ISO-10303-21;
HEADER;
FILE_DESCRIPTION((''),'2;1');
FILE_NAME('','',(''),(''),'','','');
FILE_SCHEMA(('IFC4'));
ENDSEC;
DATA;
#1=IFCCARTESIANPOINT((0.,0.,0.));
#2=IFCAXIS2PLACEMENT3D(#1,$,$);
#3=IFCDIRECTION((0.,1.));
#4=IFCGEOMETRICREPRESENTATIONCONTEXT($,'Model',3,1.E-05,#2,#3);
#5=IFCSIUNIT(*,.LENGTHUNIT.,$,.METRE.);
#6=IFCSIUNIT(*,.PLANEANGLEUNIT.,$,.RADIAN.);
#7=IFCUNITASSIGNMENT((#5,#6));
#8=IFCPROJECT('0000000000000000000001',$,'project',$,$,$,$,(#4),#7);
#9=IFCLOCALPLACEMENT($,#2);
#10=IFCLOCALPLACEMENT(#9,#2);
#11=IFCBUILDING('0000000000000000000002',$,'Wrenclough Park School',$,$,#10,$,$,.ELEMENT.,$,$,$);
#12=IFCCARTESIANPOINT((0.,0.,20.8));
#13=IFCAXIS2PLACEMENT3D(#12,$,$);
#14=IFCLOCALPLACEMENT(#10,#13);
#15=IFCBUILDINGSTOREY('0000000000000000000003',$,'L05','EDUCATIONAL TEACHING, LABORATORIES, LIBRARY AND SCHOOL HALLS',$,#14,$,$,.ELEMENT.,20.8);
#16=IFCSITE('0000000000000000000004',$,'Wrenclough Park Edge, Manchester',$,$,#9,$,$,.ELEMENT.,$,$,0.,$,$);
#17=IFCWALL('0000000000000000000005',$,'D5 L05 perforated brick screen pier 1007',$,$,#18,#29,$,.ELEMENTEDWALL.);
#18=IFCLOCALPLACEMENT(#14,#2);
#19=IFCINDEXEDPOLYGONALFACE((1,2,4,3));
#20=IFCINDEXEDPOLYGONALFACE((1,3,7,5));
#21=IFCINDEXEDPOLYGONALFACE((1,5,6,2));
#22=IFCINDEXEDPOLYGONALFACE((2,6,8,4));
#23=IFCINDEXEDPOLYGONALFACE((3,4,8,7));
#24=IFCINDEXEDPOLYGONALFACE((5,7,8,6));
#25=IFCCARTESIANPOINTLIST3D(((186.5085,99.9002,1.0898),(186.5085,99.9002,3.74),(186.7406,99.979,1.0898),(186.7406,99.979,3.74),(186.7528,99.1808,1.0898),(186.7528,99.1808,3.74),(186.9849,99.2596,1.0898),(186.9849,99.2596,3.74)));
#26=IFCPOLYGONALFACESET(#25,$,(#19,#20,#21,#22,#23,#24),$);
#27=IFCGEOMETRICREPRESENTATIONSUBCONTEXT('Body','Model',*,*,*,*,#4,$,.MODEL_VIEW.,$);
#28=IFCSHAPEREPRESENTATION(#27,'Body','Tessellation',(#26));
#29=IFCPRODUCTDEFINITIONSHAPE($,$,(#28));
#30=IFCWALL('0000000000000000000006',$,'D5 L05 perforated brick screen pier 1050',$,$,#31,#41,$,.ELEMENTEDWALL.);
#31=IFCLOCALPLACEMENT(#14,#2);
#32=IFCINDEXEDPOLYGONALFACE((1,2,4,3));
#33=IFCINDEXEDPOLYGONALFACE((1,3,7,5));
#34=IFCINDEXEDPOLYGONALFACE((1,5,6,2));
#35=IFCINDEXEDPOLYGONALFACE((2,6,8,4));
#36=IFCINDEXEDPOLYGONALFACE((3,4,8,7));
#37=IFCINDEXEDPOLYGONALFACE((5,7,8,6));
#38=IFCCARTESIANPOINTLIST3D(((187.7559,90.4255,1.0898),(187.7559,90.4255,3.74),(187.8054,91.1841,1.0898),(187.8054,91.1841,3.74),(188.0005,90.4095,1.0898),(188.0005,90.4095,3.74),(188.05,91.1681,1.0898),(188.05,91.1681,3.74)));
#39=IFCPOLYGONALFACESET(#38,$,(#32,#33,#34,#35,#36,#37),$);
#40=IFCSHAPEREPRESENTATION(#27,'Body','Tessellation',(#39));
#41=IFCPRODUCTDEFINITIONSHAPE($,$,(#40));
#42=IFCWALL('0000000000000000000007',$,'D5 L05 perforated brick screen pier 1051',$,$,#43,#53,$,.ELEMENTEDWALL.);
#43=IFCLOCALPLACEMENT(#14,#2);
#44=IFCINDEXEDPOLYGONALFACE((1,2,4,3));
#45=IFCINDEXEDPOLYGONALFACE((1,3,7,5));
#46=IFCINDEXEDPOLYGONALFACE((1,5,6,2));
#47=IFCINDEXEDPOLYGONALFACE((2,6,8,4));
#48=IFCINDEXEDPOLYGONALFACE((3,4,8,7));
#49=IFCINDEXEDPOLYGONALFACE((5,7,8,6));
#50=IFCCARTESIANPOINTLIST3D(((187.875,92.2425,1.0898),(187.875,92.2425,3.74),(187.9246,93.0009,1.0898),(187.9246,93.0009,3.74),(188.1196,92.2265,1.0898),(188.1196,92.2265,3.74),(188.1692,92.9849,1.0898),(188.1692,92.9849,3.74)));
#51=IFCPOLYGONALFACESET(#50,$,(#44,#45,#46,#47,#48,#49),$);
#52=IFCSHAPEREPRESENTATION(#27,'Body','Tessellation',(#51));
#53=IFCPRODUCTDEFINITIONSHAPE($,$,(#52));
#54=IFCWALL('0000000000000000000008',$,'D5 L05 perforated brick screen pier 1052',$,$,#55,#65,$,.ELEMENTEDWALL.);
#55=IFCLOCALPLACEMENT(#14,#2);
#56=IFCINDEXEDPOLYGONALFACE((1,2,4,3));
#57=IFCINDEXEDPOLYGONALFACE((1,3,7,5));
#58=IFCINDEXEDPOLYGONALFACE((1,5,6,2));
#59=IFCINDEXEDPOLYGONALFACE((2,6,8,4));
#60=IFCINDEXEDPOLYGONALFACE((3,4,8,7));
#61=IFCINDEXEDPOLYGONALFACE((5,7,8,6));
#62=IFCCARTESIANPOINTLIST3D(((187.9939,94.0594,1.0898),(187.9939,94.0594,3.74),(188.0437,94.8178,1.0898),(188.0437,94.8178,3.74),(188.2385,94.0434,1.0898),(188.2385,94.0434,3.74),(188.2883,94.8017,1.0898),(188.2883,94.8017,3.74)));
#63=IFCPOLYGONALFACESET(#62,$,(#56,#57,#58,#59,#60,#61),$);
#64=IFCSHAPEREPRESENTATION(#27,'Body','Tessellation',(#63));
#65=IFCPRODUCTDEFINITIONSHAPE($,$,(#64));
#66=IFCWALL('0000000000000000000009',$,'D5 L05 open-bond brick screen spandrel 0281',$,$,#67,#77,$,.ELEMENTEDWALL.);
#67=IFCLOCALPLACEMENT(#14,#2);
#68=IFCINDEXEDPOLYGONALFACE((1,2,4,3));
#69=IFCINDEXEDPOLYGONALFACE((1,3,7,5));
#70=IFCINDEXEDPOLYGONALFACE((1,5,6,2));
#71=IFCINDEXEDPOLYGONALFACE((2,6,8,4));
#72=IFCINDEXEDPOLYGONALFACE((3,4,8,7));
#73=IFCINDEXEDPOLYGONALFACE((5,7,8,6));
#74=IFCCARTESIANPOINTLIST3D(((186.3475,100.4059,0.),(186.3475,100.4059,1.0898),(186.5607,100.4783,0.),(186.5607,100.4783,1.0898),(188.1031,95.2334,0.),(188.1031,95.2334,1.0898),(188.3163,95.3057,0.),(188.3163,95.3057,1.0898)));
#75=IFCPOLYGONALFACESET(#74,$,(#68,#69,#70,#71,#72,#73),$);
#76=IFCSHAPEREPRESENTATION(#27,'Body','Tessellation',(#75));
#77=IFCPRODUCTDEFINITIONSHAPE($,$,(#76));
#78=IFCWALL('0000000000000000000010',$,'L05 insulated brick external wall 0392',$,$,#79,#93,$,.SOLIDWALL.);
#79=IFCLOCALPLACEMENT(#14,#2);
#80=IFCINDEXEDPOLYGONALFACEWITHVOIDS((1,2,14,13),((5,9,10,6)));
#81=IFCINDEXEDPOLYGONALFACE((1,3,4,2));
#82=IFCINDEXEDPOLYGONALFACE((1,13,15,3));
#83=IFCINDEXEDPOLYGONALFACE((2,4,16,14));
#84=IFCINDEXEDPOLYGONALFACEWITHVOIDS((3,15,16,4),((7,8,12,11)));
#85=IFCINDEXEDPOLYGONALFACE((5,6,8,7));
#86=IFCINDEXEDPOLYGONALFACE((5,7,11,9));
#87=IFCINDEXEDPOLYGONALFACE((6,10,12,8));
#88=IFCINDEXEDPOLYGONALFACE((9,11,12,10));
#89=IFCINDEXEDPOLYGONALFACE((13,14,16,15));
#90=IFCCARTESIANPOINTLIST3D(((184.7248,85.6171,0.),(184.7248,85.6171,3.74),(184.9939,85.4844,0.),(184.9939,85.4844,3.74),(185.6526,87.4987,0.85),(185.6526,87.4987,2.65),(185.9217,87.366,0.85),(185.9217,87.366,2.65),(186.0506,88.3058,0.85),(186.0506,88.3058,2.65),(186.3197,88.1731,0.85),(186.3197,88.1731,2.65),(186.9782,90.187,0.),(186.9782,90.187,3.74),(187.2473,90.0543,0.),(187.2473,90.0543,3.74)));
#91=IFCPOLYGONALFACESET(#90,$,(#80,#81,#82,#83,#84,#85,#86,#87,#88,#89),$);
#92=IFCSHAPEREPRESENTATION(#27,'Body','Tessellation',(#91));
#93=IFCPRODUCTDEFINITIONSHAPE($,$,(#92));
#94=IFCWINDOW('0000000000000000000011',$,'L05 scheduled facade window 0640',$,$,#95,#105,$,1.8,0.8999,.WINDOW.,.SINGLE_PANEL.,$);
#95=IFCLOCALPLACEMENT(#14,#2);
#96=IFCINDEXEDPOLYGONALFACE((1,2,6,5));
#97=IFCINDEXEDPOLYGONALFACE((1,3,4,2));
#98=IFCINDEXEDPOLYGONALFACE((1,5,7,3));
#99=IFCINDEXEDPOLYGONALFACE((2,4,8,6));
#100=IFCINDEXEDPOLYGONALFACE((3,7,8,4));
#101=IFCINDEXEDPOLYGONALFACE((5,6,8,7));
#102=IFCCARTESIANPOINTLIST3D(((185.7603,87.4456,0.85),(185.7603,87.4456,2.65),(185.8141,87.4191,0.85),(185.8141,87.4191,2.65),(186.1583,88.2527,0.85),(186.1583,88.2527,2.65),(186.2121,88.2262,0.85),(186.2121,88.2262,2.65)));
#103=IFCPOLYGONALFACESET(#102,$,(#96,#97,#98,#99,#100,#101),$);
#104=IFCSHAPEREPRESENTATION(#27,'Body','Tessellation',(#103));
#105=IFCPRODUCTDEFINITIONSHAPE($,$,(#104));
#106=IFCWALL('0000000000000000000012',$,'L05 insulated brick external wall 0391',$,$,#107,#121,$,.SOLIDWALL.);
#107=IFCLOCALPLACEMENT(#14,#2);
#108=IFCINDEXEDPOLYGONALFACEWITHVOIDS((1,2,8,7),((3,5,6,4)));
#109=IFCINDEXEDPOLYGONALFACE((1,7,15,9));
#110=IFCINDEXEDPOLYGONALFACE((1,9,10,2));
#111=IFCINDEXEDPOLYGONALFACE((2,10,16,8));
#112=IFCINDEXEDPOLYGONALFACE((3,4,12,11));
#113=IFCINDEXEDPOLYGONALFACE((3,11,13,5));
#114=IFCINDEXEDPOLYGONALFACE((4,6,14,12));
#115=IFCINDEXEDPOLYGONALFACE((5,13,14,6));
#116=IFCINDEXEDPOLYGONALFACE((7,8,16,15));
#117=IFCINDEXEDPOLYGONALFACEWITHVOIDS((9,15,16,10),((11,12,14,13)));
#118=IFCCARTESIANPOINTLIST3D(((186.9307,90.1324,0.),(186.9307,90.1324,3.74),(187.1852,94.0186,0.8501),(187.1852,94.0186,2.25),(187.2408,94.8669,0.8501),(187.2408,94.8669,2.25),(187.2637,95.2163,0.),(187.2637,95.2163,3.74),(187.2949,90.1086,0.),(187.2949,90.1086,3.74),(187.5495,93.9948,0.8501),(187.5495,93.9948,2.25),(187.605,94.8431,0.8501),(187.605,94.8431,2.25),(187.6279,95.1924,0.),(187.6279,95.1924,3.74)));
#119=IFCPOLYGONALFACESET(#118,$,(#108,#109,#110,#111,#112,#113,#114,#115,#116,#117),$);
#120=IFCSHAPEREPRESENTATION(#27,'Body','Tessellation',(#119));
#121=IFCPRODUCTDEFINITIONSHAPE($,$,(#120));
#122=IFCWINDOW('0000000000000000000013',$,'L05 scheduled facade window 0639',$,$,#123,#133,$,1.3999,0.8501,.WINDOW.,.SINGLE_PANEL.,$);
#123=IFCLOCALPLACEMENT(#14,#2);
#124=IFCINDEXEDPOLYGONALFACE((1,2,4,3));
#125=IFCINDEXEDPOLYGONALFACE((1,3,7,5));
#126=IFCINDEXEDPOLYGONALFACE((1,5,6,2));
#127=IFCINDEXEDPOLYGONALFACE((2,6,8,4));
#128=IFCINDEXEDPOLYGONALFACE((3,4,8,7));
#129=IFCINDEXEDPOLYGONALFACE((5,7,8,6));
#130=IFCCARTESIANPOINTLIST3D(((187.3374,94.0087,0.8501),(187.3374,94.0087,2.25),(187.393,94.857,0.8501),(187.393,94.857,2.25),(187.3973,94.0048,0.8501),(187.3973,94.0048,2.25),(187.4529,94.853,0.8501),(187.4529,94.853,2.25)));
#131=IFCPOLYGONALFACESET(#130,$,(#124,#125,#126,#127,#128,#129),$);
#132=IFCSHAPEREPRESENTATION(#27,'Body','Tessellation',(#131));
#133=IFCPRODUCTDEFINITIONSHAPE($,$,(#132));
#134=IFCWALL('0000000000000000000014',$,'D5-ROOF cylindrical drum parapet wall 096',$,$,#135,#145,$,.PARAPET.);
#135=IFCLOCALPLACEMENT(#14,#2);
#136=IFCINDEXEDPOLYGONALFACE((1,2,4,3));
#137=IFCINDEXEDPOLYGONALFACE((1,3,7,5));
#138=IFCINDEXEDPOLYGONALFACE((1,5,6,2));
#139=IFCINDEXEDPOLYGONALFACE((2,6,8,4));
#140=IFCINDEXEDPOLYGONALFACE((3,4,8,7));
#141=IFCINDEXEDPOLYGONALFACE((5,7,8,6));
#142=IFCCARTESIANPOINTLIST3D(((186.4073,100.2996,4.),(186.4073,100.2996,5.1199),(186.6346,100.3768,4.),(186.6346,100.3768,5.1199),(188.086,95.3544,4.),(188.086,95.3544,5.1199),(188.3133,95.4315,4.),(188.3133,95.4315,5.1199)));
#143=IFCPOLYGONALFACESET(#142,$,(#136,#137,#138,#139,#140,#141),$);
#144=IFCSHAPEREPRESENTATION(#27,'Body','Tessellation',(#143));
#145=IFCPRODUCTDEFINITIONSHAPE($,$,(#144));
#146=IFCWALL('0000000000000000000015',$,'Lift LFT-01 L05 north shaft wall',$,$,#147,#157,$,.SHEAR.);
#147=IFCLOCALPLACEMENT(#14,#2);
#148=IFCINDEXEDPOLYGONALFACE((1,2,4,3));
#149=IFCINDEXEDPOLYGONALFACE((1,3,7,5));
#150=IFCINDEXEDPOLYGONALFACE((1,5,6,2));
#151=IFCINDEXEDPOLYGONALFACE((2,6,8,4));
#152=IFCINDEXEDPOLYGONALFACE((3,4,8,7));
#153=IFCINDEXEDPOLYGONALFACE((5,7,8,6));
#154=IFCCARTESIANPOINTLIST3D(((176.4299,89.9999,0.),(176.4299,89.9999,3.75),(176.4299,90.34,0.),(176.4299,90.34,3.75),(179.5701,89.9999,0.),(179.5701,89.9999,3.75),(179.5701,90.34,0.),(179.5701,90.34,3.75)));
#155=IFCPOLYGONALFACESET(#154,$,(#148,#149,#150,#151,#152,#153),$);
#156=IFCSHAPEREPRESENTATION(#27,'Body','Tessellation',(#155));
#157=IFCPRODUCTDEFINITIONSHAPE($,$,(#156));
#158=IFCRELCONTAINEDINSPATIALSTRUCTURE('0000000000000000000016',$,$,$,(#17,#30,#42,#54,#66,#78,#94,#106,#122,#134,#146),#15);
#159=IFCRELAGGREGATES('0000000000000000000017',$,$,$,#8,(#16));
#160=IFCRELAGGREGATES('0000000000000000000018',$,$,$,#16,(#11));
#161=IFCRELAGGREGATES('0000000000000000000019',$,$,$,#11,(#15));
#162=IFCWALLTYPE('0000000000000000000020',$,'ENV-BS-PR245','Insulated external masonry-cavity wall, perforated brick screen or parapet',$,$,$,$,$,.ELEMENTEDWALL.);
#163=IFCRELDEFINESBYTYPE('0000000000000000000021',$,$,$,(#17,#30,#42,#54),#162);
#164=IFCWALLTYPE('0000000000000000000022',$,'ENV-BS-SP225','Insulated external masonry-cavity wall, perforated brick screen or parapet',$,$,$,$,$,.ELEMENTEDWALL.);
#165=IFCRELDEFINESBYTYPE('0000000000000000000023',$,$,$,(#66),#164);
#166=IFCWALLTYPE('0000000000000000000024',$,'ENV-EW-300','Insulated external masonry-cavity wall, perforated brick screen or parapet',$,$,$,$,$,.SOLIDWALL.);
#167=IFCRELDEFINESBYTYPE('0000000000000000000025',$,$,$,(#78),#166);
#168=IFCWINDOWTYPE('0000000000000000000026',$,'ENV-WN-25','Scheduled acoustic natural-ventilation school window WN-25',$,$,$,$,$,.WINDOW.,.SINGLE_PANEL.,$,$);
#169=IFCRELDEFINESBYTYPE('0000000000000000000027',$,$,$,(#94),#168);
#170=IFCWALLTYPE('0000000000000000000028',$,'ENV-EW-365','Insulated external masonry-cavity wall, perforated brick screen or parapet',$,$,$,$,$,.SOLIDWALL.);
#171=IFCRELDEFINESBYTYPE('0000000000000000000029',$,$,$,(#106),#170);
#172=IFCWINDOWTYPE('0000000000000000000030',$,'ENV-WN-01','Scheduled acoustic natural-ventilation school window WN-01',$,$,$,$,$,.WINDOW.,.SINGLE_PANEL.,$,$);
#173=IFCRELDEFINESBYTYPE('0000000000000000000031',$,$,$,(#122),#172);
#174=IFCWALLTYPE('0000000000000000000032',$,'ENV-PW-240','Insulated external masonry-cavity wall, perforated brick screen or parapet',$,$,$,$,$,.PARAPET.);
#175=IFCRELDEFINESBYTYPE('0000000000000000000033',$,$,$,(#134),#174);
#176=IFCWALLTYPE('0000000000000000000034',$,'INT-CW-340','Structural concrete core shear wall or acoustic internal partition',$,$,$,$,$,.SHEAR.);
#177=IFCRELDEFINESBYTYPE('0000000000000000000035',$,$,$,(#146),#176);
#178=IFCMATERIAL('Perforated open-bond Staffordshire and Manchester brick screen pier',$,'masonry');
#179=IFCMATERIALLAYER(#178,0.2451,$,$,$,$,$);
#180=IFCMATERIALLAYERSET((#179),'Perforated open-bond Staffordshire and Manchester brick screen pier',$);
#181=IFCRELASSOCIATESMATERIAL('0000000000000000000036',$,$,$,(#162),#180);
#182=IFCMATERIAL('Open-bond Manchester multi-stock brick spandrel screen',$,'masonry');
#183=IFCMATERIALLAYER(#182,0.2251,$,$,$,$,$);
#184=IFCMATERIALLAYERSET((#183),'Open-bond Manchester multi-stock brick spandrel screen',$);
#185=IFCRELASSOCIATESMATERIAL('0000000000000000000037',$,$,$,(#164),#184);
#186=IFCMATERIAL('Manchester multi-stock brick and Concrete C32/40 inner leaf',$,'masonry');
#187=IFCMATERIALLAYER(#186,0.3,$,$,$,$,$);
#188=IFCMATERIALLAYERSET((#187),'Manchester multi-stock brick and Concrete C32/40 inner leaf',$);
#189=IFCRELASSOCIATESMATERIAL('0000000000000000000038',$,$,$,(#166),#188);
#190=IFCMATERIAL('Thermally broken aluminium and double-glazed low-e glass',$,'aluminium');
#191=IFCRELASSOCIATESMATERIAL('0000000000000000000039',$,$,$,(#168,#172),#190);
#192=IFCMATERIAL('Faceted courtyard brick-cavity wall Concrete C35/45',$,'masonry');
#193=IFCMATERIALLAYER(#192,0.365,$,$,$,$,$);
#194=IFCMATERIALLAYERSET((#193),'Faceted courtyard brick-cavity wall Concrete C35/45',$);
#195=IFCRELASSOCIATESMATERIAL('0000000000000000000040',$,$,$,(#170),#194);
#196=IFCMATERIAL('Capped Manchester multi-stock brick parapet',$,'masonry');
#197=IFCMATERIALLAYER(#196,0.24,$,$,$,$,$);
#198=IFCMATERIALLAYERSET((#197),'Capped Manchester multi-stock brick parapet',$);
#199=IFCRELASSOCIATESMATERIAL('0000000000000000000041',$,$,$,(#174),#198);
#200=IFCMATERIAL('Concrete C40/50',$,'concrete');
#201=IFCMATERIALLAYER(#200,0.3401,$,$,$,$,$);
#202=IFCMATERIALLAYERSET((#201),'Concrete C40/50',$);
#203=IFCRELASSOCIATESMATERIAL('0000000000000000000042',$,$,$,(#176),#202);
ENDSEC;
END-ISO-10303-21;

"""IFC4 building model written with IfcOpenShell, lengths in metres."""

from ifc_helpers import new_model, si_unit, direction, frame, frame_2d, origin, place, context, subcontext, project, spatial, rectangle, extrude, material, layer, layer_set, type_object, element, fill, save


model = new_model("IFC4")

# Units and contexts
model_context = context("Model", 3, precision=1e-05, world=origin(), true_north=direction((0.0, 1.0)))
body_context = subcontext(model_context, "Body", "Model", "MODEL_VIEW")
ifc_project = project(units=[si_unit("LENGTHUNIT", "METRE"), si_unit("PLANEANGLEUNIT", "RADIAN")], contexts=[model_context])

# Site, building, storey
site_placement = place(None, origin())
site = spatial("IfcSite", under=ifc_project, at=site_placement, Name="Wrenclough Park Edge, Manchester", CompositionType="ELEMENT", RefElevation=0.0)
building_placement = place(site_placement, origin())
building = spatial("IfcBuilding", under=site, at=building_placement, Name="Wrenclough Park School", CompositionType="ELEMENT")
storey_placement = place(building_placement, frame((0.0, 0.0, 20.8)))
storey = spatial("IfcBuildingStorey", under=building, at=storey_placement, Name="L05", Description="EDUCATIONAL TEACHING, LABORATORIES, LIBRARY AND SCHOOL HALLS", CompositionType="ELEMENT", Elevation=20.8)

# Shared definitions
ifc_material_1 = material(Name="Concrete C40/50", Category="concrete")

# Walls
ifc_material_2 = material(Name="Perforated open-bond Staffordshire and Manchester brick screen pier", Category="masonry")
ifc_layer_1 = layer(ifc_material_2, 0.2451)
ifc_layer_set_1 = layer_set([ifc_layer_1], Name="Perforated open-bond Staffordshire and Manchester brick screen pier")
wall_type_1 = type_object("IfcWallType", Name="ENV-BS-PR245", Description="Insulated external masonry-cavity wall, perforated brick screen or parapet", PredefinedType="ELEMENTEDWALL", material=ifc_layer_set_1)
for number, where, z_axis, x_axis, name in (
    (1, (186.8689, 99.2202, 1.0898), (0.0, 0.0, 1.0), (-0.32162, 0.946869, 0.0), "D5 L05 perforated brick screen pier 1007"),
):
    element("IfcWall", number, at=place(storey_placement, frame(where, z_axis=z_axis, x_axis=x_axis)), inside=storey, type_object=wall_type_1, Name=name, PredefinedType="ELEMENTEDWALL", context=body_context, shape_type="SweptSolid", body=[
        extrude(rectangle(XDim=0.7598, YDim=0.2451, at=frame_2d((0.3799, 0.0))), origin(), (0.0, 0.0, 1.0), 2.6501),
    ])
wall_1_placement = place(storey_placement, frame((187.8782, 90.4175, 1.0898), z_axis=(0.0, 0.0, 1.0), x_axis=(0.065197, 0.997872, 0.0)))
element("IfcWall", 2, at=wall_1_placement, inside=storey, type_object=wall_type_1, Name="D5 L05 perforated brick screen pier 1050", PredefinedType="ELEMENTEDWALL", context=body_context, shape_type="SweptSolid", body=[
    extrude(rectangle(XDim=0.7603, YDim=0.2451, at=frame_2d((0.3801, 0.0))), origin(), (0.0, 0.0, 1.0), 2.6501),
])
for number, where, z_axis, x_axis, name in (
    (3, (187.9973, 92.2346, 1.0898), (0.0, 0.0, 1.0), (0.065218, 0.997871, 0.0), "D5 L05 perforated brick screen pier 1051"),
    (4, (188.1162, 94.0515, 1.0898), (0.0, 0.0, 1.0), (0.065538, 0.99785, 0.0), "D5 L05 perforated brick screen pier 1052"),
):
    element("IfcWall", number, at=place(storey_placement, frame(where, z_axis=z_axis, x_axis=x_axis)), inside=storey, type_object=wall_type_1, Name=name, PredefinedType="ELEMENTEDWALL", context=body_context, shape_type="SweptSolid", body=[
        extrude(rectangle(XDim=0.76, YDim=0.2451, at=frame_2d((0.3799, 0.0))), origin(), (0.0, 0.0, 1.0), 2.6501),
    ])
ifc_material_3 = material(Name="Open-bond Manchester multi-stock brick spandrel screen", Category="masonry")
ifc_layer_2 = layer(ifc_material_3, 0.2251)
ifc_layer_set_2 = layer_set([ifc_layer_2], Name="Open-bond Manchester multi-stock brick spandrel screen")
wall_type_2 = type_object("IfcWallType", Name="ENV-BS-SP225", Description="Insulated external masonry-cavity wall, perforated brick screen or parapet", PredefinedType="ELEMENTEDWALL", material=ifc_layer_set_2)
wall_2_placement = place(storey_placement, frame((188.2097, 95.2695, 0.0), z_axis=(0.0, 0.0, 1.0), x_axis=(-0.321399, 0.946944, 0.0)))
element("IfcWall", 5, at=wall_2_placement, inside=storey, type_object=wall_type_2, Name="D5 L05 open-bond brick screen spandrel 0281", PredefinedType="ELEMENTEDWALL", context=body_context, shape_type="SweptSolid", body=[
    extrude(rectangle(XDim=5.4624, YDim=0.2251, at=frame_2d((2.7312, 0.0))), origin(), (0.0, 0.0, 1.0), 1.0898),
])

# Walls, openings, windows
ifc_material_4 = material(Name="Manchester multi-stock brick and Concrete C32/40 inner leaf", Category="masonry")
ifc_layer_3 = layer(ifc_material_4, 0.3)
ifc_layer_set_3 = layer_set([ifc_layer_3], Name="Manchester multi-stock brick and Concrete C32/40 inner leaf")
wall_type_3 = type_object("IfcWallType", Name="ENV-EW-300", Description="Insulated external masonry-cavity wall, perforated brick screen or parapet", PredefinedType="SOLIDWALL", material=ifc_layer_set_3)
wall_3_placement = place(storey_placement, frame((187.1128, 90.1206, 0.0), z_axis=(0.0, 0.0, 1.0), x_axis=(-0.442262, -0.896886, 0.0)))
wall_3 = element("IfcWall", 6, at=wall_3_placement, inside=storey, type_object=wall_type_3, Name="L05 insulated brick external wall 0392", PredefinedType="SOLIDWALL", context=body_context, shape_type="SweptSolid", body=[
    extrude(rectangle(XDim=5.0952, YDim=0.3, at=frame_2d((2.5476, 0.0))), origin(), (0.0, 0.0, 1.0), 3.74),
])
opening_1_placement = place(wall_3_placement, frame((2.0974, 0.0, 0.8501)))
opening_1 = element("IfcOpeningElement", 7, at=opening_1_placement, cuts=wall_3, PredefinedType="OPENING", context=body_context, shape_type="SweptSolid", body=[
    extrude(rectangle(XDim=0.8999, YDim=1.8, at=frame_2d((0.45, 0.8999))), frame((0.0, 0.1599, 0.0), z_axis=(0.0, -1.0, 0.0), x_axis=(1.0, 0.0, 0.0)), (0.0, 0.0, 1.0), 0.3201),
])
ifc_material_5 = material(Name="Thermally broken aluminium and double-glazed low-e glass", Category="aluminium")
window_type_1 = type_object("IfcWindowType", Name="ENV-WN-25", Description="Scheduled acoustic natural-ventilation school window WN-25", PartitioningType="SINGLE_PANEL", PredefinedType="WINDOW", material=ifc_material_5)
window_1_placement = place(opening_1_placement, origin())
window_1 = element("IfcWindow", 8, at=window_1_placement, inside=storey, type_object=window_type_1, Name="L05 scheduled facade window 0640", OverallHeight=1.8, OverallWidth=0.8999, PartitioningType="SINGLE_PANEL", PredefinedType="WINDOW", context=body_context, shape_type="SweptSolid", body=[
    extrude(rectangle(XDim=0.8999, YDim=1.8, at=frame_2d((0.45, 0.8999))), frame((0.0, 0.03, 0.0), z_axis=(0.0, -1.0, 0.0), x_axis=(1.0, 0.0, 0.0)), (0.0, 0.0, 1.0), 0.0601),
])
fill(opening_1, window_1)
ifc_material_6 = material(Name="Faceted courtyard brick-cavity wall Concrete C35/45", Category="masonry")
ifc_layer_4 = layer(ifc_material_6, 0.365)
ifc_layer_set_4 = layer_set([ifc_layer_4], Name="Faceted courtyard brick-cavity wall Concrete C35/45")
wall_type_4 = type_object("IfcWallType", Name="ENV-EW-365", Description="Insulated external masonry-cavity wall, perforated brick screen or parapet", PredefinedType="SOLIDWALL", material=ifc_layer_set_4)
wall_4_placement = place(storey_placement, frame((187.4458, 95.2043, 0.0), z_axis=(0.0, 0.0, 1.0), x_axis=(-0.065364, -0.997861, 0.0)))
wall_4 = element("IfcWall", 9, at=wall_4_placement, inside=storey, type_object=wall_type_4, Name="L05 insulated brick external wall 0391", PredefinedType="SOLIDWALL", context=body_context, shape_type="SweptSolid", body=[
    extrude(rectangle(XDim=5.0947, YDim=0.365, at=frame_2d((2.5474, 0.0))), origin(), (0.0, 0.0, 1.0), 3.74),
])
opening_2_placement = place(wall_4_placement, frame((0.3501, 0.0, 0.8501)))
opening_2 = element("IfcOpeningElement", 10, at=opening_2_placement, cuts=wall_4, PredefinedType="OPENING", context=body_context, shape_type="SweptSolid", body=[
    extrude(rectangle(XDim=0.8501, YDim=1.3999, at=frame_2d((0.425, 0.7))), frame((0.0, 0.1924, 0.0), z_axis=(0.0, -1.0, 0.0), x_axis=(1.0, 0.0, 0.0)), (0.0, 0.0, 1.0), 0.385),
])
window_type_2 = type_object("IfcWindowType", Name="ENV-WN-01", Description="Scheduled acoustic natural-ventilation school window WN-01", PartitioningType="SINGLE_PANEL", PredefinedType="WINDOW", material=ifc_material_5)
window_2_placement = place(opening_2_placement, origin())
window_2 = element("IfcWindow", 11, at=window_2_placement, inside=storey, type_object=window_type_2, Name="L05 scheduled facade window 0639", OverallHeight=1.3999, OverallWidth=0.8501, PartitioningType="SINGLE_PANEL", PredefinedType="WINDOW", context=body_context, shape_type="SweptSolid", body=[
    extrude(rectangle(XDim=0.8501, YDim=1.3999, at=frame_2d((0.425, 0.7))), frame((0.0, 0.03, 0.0), z_axis=(0.0, -1.0, 0.0), x_axis=(1.0, 0.0, 0.0)), (0.0, 0.0, 1.0), 0.0601),
])
fill(opening_2, window_2)

# Wall
ifc_material_7 = material(Name="Capped Manchester multi-stock brick parapet", Category="masonry")
ifc_layer_5 = layer(ifc_material_7, 0.24)
ifc_layer_set_5 = layer_set([ifc_layer_5], Name="Capped Manchester multi-stock brick parapet")
wall_type_5 = type_object("IfcWallType", Name="ENV-PW-240", Description="Insulated external masonry-cavity wall, perforated brick screen or parapet", PredefinedType="PARAPET", material=ifc_layer_set_5)
wall_5_placement = place(storey_placement, frame((188.1997, 95.3928, 4.0), z_axis=(0.0, 0.0, 1.0), x_axis=(-0.32144, 0.94693, 0.0)))
element("IfcWall", 12, at=wall_5_placement, inside=storey, type_object=wall_type_5, Name="D5-ROOF cylindrical drum parapet wall 096", PredefinedType="PARAPET", context=body_context, shape_type="SweptSolid", body=[
    extrude(rectangle(XDim=5.2224, YDim=0.24, at=frame_2d((2.6113, 0.0))), origin(), (0.0, 0.0, 1.0), 1.1199),
])

# Wall
ifc_layer_6 = layer(ifc_material_1, 0.3401)
ifc_layer_set_6 = layer_set([ifc_layer_6], Name="Concrete C40/50")
wall_type_6 = type_object("IfcWallType", Name="INT-CW-340", Description="Structural concrete core shear wall or acoustic internal partition", PredefinedType="SHEAR", material=ifc_layer_set_6)
wall_6_placement = place(storey_placement, frame((179.5701, 90.1699, 0.0), z_axis=(0.0, 0.0, 1.0), x_axis=(-1.0, 0.0, 0.0)))
element("IfcWall", 13, at=wall_6_placement, inside=storey, type_object=wall_type_6, Name="Lift LFT-01 L05 north shaft wall", PredefinedType="SHEAR", context=body_context, shape_type="SweptSolid", body=[
    extrude(rectangle(XDim=3.1401, YDim=0.3401, at=frame_2d((1.5701, 0.0))), origin(), (0.0, 0.0, 1.0), 3.75),
])

save(model, "model.ifc")
